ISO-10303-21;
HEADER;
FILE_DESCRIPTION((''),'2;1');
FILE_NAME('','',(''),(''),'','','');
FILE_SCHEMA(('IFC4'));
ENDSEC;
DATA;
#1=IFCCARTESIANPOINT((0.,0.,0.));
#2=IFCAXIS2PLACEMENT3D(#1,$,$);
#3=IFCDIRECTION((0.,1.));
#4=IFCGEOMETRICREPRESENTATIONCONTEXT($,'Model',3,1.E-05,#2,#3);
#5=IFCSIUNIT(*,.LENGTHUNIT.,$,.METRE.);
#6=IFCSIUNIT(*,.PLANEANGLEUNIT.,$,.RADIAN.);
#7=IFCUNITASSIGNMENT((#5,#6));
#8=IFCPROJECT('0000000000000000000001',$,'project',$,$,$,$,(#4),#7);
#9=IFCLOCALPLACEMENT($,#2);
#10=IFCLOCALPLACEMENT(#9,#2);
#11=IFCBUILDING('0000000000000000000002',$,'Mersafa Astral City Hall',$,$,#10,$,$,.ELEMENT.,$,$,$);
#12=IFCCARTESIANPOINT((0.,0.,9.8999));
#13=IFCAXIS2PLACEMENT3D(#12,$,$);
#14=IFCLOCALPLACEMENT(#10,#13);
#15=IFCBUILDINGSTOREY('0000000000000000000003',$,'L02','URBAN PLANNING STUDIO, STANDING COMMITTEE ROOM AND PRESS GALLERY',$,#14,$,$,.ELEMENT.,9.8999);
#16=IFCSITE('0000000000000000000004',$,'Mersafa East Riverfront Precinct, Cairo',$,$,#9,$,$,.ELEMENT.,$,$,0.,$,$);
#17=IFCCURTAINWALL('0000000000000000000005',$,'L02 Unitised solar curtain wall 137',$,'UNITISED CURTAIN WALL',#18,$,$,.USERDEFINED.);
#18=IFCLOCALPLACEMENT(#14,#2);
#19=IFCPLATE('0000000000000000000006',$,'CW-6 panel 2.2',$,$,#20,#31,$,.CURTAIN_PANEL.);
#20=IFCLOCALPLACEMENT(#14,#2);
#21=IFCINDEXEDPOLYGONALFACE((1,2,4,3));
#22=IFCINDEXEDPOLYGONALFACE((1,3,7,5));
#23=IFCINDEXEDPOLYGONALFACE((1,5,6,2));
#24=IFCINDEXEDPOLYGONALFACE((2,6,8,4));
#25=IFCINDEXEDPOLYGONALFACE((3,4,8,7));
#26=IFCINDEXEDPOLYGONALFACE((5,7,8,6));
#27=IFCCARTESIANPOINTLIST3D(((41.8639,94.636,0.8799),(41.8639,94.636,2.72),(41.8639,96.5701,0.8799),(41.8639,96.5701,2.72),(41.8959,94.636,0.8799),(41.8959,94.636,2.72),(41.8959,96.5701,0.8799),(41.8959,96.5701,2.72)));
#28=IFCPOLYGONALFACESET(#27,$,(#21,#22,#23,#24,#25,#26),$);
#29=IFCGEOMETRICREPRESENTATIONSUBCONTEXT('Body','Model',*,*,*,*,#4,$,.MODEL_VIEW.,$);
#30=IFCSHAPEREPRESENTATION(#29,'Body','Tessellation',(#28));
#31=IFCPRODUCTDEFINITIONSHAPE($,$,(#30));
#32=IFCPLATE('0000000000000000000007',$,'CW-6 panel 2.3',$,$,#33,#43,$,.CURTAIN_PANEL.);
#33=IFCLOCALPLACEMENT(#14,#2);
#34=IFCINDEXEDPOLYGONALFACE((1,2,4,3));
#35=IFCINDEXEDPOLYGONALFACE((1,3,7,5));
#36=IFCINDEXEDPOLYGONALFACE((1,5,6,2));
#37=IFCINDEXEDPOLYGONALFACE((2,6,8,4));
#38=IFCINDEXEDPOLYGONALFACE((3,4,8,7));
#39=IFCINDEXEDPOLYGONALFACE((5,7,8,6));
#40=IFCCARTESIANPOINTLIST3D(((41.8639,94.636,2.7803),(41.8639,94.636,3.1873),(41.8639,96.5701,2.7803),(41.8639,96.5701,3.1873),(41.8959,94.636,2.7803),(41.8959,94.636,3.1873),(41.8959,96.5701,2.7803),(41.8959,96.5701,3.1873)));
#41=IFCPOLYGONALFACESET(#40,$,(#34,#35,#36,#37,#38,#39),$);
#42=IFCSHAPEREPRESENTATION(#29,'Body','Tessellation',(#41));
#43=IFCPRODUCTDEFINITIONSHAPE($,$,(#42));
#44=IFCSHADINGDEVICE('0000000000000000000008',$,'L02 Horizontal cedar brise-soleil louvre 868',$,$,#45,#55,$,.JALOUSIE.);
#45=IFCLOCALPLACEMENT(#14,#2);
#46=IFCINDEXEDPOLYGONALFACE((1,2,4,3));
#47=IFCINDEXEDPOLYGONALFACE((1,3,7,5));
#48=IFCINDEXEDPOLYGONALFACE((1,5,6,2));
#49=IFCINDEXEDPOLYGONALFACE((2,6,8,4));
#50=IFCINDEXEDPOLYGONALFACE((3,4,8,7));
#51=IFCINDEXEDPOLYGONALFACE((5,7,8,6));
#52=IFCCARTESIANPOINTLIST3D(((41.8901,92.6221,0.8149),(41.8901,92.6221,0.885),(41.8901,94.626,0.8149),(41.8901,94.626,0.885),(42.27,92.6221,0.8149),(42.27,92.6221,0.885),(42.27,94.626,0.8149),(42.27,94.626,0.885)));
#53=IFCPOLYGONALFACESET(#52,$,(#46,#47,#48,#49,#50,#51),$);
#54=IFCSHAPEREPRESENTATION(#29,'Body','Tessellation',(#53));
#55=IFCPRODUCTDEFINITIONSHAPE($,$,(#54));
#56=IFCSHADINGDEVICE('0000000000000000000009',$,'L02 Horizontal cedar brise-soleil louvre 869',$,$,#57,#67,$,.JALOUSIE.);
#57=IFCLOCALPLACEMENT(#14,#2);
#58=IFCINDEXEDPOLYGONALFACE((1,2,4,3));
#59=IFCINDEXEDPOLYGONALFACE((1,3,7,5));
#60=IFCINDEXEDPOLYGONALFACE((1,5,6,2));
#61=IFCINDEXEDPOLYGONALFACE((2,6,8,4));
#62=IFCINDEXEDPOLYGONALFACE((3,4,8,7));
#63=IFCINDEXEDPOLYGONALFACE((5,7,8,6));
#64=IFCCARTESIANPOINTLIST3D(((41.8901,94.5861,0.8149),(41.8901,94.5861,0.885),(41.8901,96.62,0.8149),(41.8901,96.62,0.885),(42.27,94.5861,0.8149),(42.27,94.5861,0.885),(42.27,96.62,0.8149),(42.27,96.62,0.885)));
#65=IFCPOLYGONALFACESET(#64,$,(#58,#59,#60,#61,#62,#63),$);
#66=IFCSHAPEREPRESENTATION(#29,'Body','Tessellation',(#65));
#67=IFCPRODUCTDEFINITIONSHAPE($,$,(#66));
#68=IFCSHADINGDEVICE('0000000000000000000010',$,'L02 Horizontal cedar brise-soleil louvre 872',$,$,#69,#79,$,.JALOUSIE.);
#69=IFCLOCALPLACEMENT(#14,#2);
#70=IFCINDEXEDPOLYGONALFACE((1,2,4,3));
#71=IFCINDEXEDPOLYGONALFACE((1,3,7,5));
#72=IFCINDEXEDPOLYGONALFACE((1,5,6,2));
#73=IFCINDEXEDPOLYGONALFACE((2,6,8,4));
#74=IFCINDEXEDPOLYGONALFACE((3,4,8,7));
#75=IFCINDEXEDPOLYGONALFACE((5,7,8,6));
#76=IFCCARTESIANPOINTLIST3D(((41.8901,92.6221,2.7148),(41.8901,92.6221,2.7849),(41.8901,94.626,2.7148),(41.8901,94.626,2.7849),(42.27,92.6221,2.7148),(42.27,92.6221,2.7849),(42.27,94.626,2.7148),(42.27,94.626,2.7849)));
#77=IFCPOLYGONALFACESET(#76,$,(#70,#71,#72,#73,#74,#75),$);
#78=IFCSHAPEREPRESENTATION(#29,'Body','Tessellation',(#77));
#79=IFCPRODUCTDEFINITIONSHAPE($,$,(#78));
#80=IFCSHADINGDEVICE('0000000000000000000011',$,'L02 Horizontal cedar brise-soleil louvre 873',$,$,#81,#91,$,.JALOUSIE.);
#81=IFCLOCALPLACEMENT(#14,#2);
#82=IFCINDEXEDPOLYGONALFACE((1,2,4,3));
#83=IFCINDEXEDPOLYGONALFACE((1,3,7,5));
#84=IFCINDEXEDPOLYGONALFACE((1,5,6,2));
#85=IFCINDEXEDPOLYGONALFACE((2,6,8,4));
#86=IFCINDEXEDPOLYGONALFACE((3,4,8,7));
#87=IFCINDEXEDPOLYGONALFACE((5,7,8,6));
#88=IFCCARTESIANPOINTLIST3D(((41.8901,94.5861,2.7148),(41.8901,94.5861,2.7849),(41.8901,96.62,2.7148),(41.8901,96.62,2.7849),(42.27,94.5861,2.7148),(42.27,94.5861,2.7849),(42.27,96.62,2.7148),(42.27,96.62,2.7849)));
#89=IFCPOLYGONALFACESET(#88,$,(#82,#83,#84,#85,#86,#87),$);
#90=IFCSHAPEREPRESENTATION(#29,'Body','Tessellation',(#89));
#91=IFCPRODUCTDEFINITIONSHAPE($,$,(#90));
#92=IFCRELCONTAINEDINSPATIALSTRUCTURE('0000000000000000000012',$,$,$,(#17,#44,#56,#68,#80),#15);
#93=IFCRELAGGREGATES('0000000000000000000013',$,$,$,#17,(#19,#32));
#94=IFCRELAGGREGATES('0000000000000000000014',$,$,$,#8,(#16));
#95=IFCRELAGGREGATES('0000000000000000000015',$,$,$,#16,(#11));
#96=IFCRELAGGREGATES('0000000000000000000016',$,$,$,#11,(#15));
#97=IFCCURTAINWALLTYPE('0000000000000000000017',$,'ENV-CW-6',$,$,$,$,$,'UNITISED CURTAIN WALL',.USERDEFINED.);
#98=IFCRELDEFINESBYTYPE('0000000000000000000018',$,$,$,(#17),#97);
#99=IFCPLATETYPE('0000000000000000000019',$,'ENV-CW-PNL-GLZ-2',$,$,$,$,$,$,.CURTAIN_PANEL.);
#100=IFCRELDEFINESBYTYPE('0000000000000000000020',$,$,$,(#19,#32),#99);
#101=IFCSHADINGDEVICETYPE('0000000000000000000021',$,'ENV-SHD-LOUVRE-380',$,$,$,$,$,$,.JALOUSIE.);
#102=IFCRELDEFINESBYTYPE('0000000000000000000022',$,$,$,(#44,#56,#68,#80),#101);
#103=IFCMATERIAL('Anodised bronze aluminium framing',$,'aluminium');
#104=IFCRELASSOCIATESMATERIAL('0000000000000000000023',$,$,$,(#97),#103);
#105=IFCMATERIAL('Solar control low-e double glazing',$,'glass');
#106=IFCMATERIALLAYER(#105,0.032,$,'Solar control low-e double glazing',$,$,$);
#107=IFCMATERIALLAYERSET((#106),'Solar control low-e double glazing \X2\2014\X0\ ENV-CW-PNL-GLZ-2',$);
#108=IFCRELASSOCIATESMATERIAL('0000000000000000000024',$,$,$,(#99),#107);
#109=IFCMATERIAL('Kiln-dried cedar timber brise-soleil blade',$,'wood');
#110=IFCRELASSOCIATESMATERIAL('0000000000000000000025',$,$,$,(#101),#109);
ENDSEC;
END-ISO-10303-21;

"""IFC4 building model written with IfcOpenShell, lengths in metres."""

from ifc_helpers import new_model, si_unit, direction, frame, origin, origin_2d, place, context, subcontext, project, spatial, rectangle, extrude, material, layer, layer_set, type_object, element, aggregate, save


model = new_model("IFC4")

# Units and contexts
model_context = context("Model", 3, precision=1e-05, world=origin(), true_north=direction((0.0, 1.0)))
body_context = subcontext(model_context, "Body", "Model", "MODEL_VIEW")
ifc_project = project(units=[si_unit("LENGTHUNIT", "METRE"), si_unit("PLANEANGLEUNIT", "RADIAN")], contexts=[model_context])

# Site, building, storey
site_placement = place(None, origin())
site = spatial("IfcSite", under=ifc_project, at=site_placement, Name="Mersafa East Riverfront Precinct, Cairo", CompositionType="ELEMENT", RefElevation=0.0)
building_placement = place(site_placement, origin())
building = spatial("IfcBuilding", under=site, at=building_placement, Name="Mersafa Astral City Hall", CompositionType="ELEMENT")
storey_placement = place(building_placement, frame((0.0, 0.0, 9.8999)))
storey = spatial("IfcBuildingStorey", under=building, at=storey_placement, Name="L02", Description="URBAN PLANNING STUDIO, STANDING COMMITTEE ROOM AND PRESS GALLERY", CompositionType="ELEMENT", Elevation=9.8999)

# Curtain wall
ifc_material_1 = material(Name="Anodised bronze aluminium framing", Category="aluminium")
curtain_wall_type = type_object("IfcCurtainWallType", Name="ENV-CW-6", ElementType="UNITISED CURTAIN WALL", PredefinedType="USERDEFINED", material=ifc_material_1)
curtain_wall_placement = place(storey_placement, origin())
curtain_wall = element("IfcCurtainWall", 1, at=curtain_wall_placement, inside=storey, type_object=curtain_wall_type, Name="L02 Unitised solar curtain wall 137", ObjectType="UNITISED CURTAIN WALL", PredefinedType="USERDEFINED")

# Plates
ifc_material_2 = material(Name="Solar control low-e double glazing", Category="glass")
ifc_layer = layer(ifc_material_2, 0.032, Name="Solar control low-e double glazing")
ifc_layer_set = layer_set([ifc_layer], Name="Solar control low-e double glazing — ENV-CW-PNL-GLZ-2")
plate_type = type_object("IfcPlateType", Name="ENV-CW-PNL-GLZ-2", PredefinedType="CURTAIN_PANEL", material=ifc_layer_set)
plate_1_placement = place(storey_placement, frame((41.8799, 95.603, 0.8799), z_axis=(0.0, 0.0, 1.0), x_axis=(0.0, 1.0, 0.0)))
plate_1 = element("IfcPlate", 2, at=plate_1_placement, type_object=plate_type, Name="CW-6 panel 2.2", PredefinedType="CURTAIN_PANEL", context=body_context, shape_type="SweptSolid", body=[
    extrude(rectangle(XDim=1.9341, YDim=0.032, at=origin_2d()), origin(), (0.0, 0.0, 1.0), 1.8401),
])
plate_2_placement = place(storey_placement, frame((41.8799, 95.603, 2.7803), z_axis=(0.0, 0.0, 1.0), x_axis=(0.0, 1.0, 0.0)))
plate_2 = element("IfcPlate", 3, at=plate_2_placement, type_object=plate_type, Name="CW-6 panel 2.3", PredefinedType="CURTAIN_PANEL", context=body_context, shape_type="SweptSolid", body=[
    extrude(rectangle(XDim=1.9341, YDim=0.032, at=origin_2d()), origin(), (0.0, 0.0, 1.0), 0.407),
])
aggregate(curtain_wall, [plate_1, plate_2])

# Shading devices
ifc_material_3 = material(Name="Kiln-dried cedar timber brise-soleil blade", Category="wood")
shading_device_type = type_object("IfcShadingDeviceType", Name="ENV-SHD-LOUVRE-380", PredefinedType="JALOUSIE", material=ifc_material_3)
shading_device_1_placement = place(storey_placement, frame((42.0801, 93.624, 0.8149), z_axis=(0.0, 0.0, 1.0), x_axis=(0.0, 1.0, 0.0)))
element("IfcShadingDevice", 4, at=shading_device_1_placement, inside=storey, type_object=shading_device_type, Name="L02 Horizontal cedar brise-soleil louvre 868", PredefinedType="JALOUSIE", context=body_context, shape_type="SweptSolid", body=[
    extrude(rectangle(XDim=2.0039, YDim=0.3799, at=origin_2d()), origin(), (0.0, 0.0, 1.0), 0.0701),
])
shading_device_2_placement = place(storey_placement, frame((42.0801, 95.603, 0.8149), z_axis=(0.0, 0.0, 1.0), x_axis=(0.0, 1.0, 0.0)))
element("IfcShadingDevice", 5, at=shading_device_2_placement, inside=storey, type_object=shading_device_type, Name="L02 Horizontal cedar brise-soleil louvre 869", PredefinedType="JALOUSIE", context=body_context, shape_type="SweptSolid", body=[
    extrude(rectangle(XDim=2.0339, YDim=0.3799, at=origin_2d()), origin(), (0.0, 0.0, 1.0), 0.0701),
])
shading_device_3_placement = place(storey_placement, frame((42.0801, 93.624, 2.7148), z_axis=(0.0, 0.0, 1.0), x_axis=(0.0, 1.0, 0.0)))
element("IfcShadingDevice", 6, at=shading_device_3_placement, inside=storey, type_object=shading_device_type, Name="L02 Horizontal cedar brise-soleil louvre 872", PredefinedType="JALOUSIE", context=body_context, shape_type="SweptSolid", body=[
    extrude(rectangle(XDim=2.0039, YDim=0.3799, at=origin_2d()), origin(), (0.0, 0.0, 1.0), 0.0701),
])
shading_device_4_placement = place(storey_placement, frame((42.0801, 95.603, 2.7148), z_axis=(0.0, 0.0, 1.0), x_axis=(0.0, 1.0, 0.0)))
element("IfcShadingDevice", 7, at=shading_device_4_placement, inside=storey, type_object=shading_device_type, Name="L02 Horizontal cedar brise-soleil louvre 873", PredefinedType="JALOUSIE", context=body_context, shape_type="SweptSolid", body=[
    extrude(rectangle(XDim=2.0339, YDim=0.3799, at=origin_2d()), origin(), (0.0, 0.0, 1.0), 0.0701),
])

save(model, "model.ifc")
